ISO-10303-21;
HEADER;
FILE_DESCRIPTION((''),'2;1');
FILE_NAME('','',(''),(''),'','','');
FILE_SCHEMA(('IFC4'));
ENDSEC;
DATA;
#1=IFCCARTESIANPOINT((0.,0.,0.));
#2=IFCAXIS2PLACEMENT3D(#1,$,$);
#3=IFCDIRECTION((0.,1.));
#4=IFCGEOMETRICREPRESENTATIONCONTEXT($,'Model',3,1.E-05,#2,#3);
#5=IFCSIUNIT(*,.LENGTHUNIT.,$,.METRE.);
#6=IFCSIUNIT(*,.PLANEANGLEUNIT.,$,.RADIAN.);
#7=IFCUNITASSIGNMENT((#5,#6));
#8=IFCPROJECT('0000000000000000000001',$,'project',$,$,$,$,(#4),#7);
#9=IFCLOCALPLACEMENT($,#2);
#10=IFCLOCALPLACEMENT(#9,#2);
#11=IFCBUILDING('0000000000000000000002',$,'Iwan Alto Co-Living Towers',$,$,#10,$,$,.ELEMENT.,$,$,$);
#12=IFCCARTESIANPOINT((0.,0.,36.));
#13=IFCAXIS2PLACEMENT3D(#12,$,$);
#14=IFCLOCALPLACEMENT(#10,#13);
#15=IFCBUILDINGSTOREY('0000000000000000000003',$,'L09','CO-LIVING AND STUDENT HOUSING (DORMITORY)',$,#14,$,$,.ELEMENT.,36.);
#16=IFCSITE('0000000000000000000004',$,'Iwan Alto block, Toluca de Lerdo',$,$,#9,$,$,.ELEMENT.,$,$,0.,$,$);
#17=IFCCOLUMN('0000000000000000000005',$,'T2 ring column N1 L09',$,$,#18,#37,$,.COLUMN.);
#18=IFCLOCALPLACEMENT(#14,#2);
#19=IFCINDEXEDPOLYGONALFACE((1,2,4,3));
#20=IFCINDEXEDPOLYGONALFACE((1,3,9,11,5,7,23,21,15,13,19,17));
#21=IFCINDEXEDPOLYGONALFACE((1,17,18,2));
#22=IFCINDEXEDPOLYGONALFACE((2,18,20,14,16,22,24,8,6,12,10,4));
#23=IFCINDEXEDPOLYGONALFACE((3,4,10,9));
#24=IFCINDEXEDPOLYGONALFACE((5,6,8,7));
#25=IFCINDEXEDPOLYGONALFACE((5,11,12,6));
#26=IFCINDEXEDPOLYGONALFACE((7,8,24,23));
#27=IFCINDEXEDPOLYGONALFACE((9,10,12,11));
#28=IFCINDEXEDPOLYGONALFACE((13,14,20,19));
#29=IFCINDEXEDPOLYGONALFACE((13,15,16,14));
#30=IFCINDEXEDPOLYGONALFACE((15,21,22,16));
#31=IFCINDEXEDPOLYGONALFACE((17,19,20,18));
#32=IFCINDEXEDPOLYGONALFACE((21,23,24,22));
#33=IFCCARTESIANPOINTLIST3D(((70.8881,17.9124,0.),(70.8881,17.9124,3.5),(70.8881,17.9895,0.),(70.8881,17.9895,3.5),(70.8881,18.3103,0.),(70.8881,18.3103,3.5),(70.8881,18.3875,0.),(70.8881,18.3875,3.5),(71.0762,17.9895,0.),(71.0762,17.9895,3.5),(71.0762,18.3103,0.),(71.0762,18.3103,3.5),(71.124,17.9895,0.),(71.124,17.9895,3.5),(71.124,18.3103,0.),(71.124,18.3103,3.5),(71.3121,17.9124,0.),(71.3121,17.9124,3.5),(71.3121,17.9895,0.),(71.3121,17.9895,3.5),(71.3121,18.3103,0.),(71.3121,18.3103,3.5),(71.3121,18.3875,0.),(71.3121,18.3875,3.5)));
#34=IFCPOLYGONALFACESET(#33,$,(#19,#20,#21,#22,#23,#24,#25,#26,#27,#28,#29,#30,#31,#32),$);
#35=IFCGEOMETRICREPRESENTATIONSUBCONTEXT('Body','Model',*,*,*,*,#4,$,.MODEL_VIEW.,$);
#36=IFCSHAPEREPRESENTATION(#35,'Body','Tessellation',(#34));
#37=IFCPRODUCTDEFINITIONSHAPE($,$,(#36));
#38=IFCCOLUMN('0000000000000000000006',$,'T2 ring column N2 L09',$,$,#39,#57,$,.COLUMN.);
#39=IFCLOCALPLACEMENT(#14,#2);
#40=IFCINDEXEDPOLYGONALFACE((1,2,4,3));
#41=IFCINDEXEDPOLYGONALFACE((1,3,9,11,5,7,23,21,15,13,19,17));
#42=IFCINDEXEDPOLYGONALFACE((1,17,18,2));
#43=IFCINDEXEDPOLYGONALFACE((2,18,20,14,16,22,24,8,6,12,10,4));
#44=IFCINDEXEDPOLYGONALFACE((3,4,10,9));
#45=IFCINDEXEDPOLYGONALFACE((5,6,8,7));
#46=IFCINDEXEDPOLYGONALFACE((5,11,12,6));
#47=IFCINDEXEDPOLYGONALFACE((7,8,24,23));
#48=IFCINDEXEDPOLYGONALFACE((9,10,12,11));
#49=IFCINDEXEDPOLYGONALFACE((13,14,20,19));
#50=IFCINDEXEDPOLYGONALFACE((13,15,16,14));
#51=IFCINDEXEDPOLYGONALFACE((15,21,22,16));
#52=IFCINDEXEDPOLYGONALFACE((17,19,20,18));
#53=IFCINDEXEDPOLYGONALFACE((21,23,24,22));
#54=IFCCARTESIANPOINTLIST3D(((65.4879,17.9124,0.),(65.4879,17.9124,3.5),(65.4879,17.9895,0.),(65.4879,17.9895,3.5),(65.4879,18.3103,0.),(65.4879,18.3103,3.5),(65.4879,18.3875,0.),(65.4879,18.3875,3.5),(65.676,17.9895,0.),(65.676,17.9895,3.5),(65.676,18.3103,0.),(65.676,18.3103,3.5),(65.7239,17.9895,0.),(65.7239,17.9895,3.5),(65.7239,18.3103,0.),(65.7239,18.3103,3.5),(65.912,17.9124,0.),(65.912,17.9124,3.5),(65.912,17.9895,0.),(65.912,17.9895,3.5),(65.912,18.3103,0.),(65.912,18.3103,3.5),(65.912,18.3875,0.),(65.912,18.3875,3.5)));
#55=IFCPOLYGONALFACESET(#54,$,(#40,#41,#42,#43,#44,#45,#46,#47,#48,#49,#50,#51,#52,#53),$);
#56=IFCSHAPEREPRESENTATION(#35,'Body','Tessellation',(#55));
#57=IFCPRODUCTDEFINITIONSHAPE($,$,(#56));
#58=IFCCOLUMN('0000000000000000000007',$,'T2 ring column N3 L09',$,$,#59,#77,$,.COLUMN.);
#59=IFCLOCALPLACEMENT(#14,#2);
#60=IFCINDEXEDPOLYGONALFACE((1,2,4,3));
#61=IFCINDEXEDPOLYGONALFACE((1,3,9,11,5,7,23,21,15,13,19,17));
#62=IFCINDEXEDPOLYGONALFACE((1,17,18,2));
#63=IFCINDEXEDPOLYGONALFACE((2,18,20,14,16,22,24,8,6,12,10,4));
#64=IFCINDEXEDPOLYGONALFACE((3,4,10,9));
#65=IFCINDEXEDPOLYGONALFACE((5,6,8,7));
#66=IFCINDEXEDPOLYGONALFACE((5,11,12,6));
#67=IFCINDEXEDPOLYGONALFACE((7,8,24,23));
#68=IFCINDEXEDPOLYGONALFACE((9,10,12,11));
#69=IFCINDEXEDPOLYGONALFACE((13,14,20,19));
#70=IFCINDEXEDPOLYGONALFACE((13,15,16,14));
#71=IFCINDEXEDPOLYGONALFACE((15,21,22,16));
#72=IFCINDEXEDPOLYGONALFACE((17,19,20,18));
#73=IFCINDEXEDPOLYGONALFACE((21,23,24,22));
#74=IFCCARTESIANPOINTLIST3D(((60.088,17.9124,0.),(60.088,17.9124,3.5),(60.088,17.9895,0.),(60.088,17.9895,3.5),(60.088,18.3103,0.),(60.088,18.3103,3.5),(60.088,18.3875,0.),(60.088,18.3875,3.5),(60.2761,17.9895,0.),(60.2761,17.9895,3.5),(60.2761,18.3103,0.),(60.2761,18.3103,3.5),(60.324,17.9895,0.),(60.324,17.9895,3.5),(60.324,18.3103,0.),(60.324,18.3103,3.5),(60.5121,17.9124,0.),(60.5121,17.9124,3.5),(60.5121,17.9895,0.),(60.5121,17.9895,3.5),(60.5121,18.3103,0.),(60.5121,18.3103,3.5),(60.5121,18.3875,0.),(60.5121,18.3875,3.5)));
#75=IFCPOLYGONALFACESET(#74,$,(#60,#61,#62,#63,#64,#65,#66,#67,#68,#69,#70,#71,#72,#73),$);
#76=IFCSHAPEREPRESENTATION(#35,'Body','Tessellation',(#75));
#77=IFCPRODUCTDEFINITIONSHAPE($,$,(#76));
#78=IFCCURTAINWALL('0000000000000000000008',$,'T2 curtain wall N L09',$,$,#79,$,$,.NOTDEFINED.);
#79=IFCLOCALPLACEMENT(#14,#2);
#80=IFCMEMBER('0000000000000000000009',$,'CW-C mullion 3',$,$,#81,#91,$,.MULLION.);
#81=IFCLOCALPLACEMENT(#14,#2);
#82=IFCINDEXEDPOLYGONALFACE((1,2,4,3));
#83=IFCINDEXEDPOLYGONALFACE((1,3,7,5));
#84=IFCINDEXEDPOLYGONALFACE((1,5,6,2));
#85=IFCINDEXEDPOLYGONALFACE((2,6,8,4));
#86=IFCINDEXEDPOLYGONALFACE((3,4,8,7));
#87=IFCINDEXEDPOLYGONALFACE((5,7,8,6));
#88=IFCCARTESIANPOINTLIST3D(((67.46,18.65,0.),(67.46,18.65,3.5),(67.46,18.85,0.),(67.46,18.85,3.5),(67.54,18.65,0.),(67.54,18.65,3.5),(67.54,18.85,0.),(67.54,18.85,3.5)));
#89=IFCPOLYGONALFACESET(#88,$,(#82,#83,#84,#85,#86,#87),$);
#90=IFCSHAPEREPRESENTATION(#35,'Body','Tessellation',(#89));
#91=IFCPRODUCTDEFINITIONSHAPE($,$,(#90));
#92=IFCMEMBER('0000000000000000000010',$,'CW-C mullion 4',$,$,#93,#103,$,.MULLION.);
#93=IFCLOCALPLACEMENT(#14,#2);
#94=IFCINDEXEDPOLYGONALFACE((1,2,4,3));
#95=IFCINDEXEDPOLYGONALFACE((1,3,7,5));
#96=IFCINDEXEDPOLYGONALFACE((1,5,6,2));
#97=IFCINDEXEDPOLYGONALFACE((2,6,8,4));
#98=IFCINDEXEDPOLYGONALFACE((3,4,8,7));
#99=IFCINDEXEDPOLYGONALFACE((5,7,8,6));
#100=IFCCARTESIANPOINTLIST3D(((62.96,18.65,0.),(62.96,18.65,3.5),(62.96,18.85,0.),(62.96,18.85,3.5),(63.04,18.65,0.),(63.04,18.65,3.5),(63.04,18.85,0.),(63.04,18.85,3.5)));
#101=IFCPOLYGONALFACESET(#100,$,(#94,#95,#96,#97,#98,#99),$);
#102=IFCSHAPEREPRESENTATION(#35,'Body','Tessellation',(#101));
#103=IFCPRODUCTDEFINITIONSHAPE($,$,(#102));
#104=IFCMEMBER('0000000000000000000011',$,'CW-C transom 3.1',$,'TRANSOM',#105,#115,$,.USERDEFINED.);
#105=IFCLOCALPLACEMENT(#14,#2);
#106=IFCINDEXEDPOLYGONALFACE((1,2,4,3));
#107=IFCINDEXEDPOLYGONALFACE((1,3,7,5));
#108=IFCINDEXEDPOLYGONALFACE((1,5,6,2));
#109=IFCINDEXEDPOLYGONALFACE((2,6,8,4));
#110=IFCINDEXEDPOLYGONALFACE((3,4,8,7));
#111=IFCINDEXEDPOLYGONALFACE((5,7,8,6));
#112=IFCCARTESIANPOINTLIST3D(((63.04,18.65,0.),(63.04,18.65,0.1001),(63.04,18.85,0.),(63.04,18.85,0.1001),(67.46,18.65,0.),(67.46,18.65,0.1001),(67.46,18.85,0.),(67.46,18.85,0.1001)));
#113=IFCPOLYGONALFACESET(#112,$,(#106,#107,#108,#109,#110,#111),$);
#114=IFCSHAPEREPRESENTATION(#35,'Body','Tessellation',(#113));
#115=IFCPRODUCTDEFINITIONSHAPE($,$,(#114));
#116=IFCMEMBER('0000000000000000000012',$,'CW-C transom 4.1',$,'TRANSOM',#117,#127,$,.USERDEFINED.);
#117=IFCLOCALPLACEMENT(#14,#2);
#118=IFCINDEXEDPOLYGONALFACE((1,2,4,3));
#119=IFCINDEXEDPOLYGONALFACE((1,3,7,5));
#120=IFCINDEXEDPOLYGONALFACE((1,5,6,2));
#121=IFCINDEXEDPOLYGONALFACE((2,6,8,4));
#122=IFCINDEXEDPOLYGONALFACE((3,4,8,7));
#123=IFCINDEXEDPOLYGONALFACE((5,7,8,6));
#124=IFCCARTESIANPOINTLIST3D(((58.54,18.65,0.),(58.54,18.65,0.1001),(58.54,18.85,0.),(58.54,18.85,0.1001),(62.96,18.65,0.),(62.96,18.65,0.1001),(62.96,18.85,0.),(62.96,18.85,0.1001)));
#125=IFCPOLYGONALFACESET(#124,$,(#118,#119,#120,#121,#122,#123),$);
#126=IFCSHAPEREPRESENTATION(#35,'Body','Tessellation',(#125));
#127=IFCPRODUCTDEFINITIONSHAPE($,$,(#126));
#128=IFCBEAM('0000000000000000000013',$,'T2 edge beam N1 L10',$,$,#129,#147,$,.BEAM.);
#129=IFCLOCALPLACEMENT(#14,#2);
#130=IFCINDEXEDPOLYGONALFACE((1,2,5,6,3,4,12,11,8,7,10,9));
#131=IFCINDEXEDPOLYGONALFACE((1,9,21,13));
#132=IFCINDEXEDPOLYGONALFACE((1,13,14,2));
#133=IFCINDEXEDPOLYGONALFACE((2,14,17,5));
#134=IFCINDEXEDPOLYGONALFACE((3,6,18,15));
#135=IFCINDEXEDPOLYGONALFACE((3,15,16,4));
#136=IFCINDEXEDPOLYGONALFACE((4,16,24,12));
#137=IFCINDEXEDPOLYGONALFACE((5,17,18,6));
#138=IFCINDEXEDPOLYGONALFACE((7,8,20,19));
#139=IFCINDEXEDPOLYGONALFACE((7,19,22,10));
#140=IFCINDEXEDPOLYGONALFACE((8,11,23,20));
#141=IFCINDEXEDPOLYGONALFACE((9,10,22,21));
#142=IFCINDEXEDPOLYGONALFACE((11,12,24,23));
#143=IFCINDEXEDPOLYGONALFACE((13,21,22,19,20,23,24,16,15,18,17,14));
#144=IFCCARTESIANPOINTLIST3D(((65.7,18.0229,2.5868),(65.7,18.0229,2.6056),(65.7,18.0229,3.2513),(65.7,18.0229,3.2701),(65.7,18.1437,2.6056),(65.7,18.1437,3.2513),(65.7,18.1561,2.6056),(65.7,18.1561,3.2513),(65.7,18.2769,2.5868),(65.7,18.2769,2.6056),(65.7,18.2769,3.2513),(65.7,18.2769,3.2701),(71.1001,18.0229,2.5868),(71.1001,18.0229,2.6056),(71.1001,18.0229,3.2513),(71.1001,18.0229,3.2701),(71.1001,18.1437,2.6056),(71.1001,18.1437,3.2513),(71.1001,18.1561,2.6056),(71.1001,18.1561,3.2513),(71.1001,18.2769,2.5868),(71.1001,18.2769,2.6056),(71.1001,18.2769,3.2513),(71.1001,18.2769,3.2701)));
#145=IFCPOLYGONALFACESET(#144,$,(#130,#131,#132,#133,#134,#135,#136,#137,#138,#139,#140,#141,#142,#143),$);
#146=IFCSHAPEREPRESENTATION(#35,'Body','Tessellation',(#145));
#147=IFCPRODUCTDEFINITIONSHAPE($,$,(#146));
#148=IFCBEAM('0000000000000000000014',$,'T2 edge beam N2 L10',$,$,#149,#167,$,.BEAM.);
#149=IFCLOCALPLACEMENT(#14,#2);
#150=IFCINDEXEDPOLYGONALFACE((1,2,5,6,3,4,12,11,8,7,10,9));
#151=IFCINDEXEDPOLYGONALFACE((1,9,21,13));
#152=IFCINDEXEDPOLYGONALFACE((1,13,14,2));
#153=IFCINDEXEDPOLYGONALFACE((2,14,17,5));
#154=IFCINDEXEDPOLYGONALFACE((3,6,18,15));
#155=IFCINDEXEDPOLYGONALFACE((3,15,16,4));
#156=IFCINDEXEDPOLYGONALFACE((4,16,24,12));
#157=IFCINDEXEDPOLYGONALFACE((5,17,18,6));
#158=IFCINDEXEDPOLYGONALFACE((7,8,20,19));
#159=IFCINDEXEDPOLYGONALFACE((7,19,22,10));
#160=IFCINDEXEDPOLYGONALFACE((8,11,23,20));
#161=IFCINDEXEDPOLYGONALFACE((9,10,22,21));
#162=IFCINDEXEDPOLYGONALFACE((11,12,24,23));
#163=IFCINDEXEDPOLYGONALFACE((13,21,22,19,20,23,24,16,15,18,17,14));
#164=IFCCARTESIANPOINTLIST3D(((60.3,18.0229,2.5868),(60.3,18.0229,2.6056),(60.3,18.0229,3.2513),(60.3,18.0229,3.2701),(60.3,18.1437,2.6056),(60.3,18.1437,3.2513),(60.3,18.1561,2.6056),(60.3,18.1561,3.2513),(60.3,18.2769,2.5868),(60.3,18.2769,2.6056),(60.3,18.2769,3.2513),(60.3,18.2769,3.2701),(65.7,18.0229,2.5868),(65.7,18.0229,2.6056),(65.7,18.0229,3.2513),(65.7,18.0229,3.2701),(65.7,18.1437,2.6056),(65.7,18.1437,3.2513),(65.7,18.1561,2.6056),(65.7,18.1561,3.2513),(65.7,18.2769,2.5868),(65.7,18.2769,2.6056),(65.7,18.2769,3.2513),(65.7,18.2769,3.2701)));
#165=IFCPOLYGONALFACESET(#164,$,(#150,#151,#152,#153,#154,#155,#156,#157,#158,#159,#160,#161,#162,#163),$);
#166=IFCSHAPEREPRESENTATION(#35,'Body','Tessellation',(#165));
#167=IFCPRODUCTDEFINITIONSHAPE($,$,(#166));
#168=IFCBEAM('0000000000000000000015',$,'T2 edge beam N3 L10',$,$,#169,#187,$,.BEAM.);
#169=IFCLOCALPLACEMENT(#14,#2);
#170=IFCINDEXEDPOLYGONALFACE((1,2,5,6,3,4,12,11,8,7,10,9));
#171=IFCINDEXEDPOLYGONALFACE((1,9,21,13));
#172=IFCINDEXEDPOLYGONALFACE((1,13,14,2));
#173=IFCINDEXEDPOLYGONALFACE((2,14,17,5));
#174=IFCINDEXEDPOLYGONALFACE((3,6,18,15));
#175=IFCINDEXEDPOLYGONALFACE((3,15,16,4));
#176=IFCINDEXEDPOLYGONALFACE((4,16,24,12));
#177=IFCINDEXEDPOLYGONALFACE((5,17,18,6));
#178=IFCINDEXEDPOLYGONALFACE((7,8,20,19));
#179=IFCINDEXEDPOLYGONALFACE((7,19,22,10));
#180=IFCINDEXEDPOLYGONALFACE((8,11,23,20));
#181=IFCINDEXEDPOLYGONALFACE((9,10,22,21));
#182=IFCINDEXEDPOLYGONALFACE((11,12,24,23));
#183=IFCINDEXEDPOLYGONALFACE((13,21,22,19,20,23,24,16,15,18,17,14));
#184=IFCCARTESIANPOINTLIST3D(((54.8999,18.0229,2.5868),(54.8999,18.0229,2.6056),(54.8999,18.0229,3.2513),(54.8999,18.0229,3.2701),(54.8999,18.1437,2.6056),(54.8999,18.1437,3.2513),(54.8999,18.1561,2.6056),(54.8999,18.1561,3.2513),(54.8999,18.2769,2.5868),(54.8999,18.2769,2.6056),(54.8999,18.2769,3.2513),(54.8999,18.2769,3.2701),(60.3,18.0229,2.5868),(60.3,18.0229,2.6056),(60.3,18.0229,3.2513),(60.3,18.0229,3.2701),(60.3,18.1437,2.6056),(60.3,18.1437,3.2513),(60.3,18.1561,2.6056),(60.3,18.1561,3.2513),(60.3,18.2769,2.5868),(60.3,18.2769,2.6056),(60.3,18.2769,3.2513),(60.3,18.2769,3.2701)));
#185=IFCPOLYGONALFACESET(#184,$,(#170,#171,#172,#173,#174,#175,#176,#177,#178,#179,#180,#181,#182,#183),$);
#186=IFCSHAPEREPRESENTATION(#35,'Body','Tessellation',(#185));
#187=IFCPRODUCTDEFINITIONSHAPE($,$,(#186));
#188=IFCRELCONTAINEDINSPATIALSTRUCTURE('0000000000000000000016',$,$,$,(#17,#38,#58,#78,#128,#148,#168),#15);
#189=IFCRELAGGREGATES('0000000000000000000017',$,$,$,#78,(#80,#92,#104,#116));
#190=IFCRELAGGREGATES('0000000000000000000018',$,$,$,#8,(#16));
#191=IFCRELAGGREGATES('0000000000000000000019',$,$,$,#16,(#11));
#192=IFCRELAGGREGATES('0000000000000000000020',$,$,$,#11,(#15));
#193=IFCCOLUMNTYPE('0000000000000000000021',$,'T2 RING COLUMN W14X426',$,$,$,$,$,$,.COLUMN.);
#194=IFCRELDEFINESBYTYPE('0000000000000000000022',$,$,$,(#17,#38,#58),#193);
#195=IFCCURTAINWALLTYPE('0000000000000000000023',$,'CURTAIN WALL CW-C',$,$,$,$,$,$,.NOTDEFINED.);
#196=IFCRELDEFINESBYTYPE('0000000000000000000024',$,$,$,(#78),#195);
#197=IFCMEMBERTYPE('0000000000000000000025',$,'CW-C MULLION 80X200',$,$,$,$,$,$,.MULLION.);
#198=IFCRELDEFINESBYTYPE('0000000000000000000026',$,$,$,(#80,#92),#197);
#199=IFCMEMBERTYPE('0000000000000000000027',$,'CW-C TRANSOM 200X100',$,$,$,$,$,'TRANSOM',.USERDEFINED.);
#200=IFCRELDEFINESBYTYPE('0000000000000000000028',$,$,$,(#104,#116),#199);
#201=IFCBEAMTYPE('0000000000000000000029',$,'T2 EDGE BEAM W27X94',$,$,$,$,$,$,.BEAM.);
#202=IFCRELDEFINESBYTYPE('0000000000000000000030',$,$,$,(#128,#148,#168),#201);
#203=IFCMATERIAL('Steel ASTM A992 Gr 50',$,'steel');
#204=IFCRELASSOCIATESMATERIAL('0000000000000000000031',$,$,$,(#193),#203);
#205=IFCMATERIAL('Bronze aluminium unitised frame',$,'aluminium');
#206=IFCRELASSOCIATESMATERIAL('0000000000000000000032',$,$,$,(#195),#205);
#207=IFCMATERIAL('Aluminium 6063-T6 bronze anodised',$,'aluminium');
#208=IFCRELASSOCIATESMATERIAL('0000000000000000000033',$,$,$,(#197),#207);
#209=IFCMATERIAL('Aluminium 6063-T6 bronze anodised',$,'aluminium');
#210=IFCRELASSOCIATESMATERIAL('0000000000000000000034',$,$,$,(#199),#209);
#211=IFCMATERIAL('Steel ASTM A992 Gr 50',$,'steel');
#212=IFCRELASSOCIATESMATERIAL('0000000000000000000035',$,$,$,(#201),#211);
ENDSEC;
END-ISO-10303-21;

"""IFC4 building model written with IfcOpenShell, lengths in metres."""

from ifc_helpers import new_model, si_unit, direction, frame, origin, origin_2d, place, context, subcontext, project, spatial, rectangle, i_section, extrude, material, material_profile, profile_set, type_object, element, aggregate, save


model = new_model("IFC4")

# Units and contexts
model_context = context("Model", 3, precision=1e-05, world=origin(), true_north=direction((0.0, 1.0)))
body_context = subcontext(model_context, "Body", "Model", "MODEL_VIEW")
ifc_project = project(units=[si_unit("LENGTHUNIT", "METRE"), si_unit("PLANEANGLEUNIT", "RADIAN")], contexts=[model_context])

# Site, building, storey
site_placement = place(None, origin())
site = spatial("IfcSite", under=ifc_project, at=site_placement, Name="Iwan Alto block, Toluca de Lerdo", CompositionType="ELEMENT", RefElevation=0.0)
building_placement = place(site_placement, origin())
building = spatial("IfcBuilding", under=site, at=building_placement, Name="Iwan Alto Co-Living Towers", CompositionType="ELEMENT")
storey_placement = place(building_placement, frame((0.0, 0.0, 36.0)))
storey = spatial("IfcBuildingStorey", under=building, at=storey_placement, Name="L09", Description="CO-LIVING AND STUDENT HOUSING (DORMITORY)", CompositionType="ELEMENT", Elevation=36.0)

# Columns
ifc_material_1 = material(Name="Steel ASTM A992 Gr 50", Category="steel")
ifc_material_profile_1 = material_profile(ifc_material_1, i_section(OverallWidth=0.4241, OverallDepth=0.4751, WebThickness=0.0479, FlangeThickness=0.0771, at=origin_2d()), Name="W14X426")
ifc_profile_set_1 = profile_set([ifc_material_profile_1], Name="Steel ASTM A992 Gr 50")
column_type = type_object("IfcColumnType", Name="T2 RING COLUMN W14X426", PredefinedType="COLUMN", material=ifc_profile_set_1)
for number, where, z_axis, x_axis, name in (
    (1, (71.1001, 18.1499, 0.0), (0.0, 0.0, 1.0), (1.0, 0.0, 0.0), "T2 ring column N1 L09"),
    (2, (65.7, 18.1499, 0.0), (0.0, 0.0, 1.0), (1.0, 0.0, 0.0), "T2 ring column N2 L09"),
    (3, (60.3, 18.1499, 0.0), (0.0, 0.0, 1.0), (1.0, 0.0, 0.0), "T2 ring column N3 L09"),
):
    element("IfcColumn", number, at=place(storey_placement, frame(where, z_axis=z_axis, x_axis=x_axis)), inside=storey, type_object=column_type, Name=name, PredefinedType="COLUMN", context=body_context, shape_type="SweptSolid", body=[
        extrude(i_section(OverallWidth=0.4241, OverallDepth=0.4751, WebThickness=0.0479, FlangeThickness=0.0771, at=origin_2d()), origin(), (0.0, 0.0, 1.0), 3.5),
    ])

# Curtain wall, members
ifc_material_2 = material(Name="Bronze aluminium unitised frame", Category="aluminium")
curtain_wall_type = type_object("IfcCurtainWallType", Name="CURTAIN WALL CW-C", PredefinedType="NOTDEFINED", material=ifc_material_2)
curtain_wall_placement = place(storey_placement, origin())
curtain_wall = element("IfcCurtainWall", 4, at=curtain_wall_placement, inside=storey, type_object=curtain_wall_type, Name="T2 curtain wall N L09", PredefinedType="NOTDEFINED")
ifc_material_3 = material(Name="Aluminium 6063-T6 bronze anodised", Category="aluminium")
ifc_material_profile_2 = material_profile(ifc_material_3, rectangle(XDim=0.2, YDim=0.0801, at=origin_2d()), Name="AL 80X200")
ifc_profile_set_2 = profile_set([ifc_material_profile_2], Name="Aluminium 6063-T6 bronze anodised")
member_type_1 = type_object("IfcMemberType", Name="CW-C MULLION 80X200", PredefinedType="MULLION", material=ifc_profile_set_2)
member_1_placement = place(storey_placement, frame((67.5, 18.75, 0.0), z_axis=(0.0, 0.0, 1.0), x_axis=(0.0, -1.0, 0.0)))
member_1 = element("IfcMember", 5, at=member_1_placement, type_object=member_type_1, Name="CW-C mullion 3", PredefinedType="MULLION", context=body_context, shape_type="SweptSolid", body=[
    extrude(rectangle(XDim=0.2, YDim=0.0801, at=origin_2d()), origin(), (0.0, 0.0, 1.0), 3.5),
])
member_2_placement = place(storey_placement, frame((63.0, 18.75, 0.0), z_axis=(0.0, 0.0, 1.0), x_axis=(0.0, -1.0, 0.0)))
member_2 = element("IfcMember", 6, at=member_2_placement, type_object=member_type_1, Name="CW-C mullion 4", PredefinedType="MULLION", context=body_context, shape_type="SweptSolid", body=[
    extrude(rectangle(XDim=0.2, YDim=0.0801, at=origin_2d()), origin(), (0.0, 0.0, 1.0), 3.5),
])
ifc_material_4 = material(Name="Aluminium 6063-T6 bronze anodised", Category="aluminium")
ifc_material_profile_3 = material_profile(ifc_material_4, rectangle(XDim=0.2, YDim=0.1001, at=origin_2d()), Name="AL 200X100")
ifc_profile_set_3 = profile_set([ifc_material_profile_3], Name="Aluminium 6063-T6 bronze anodised")
member_type_2 = type_object("IfcMemberType", Name="CW-C TRANSOM 200X100", ElementType="TRANSOM", PredefinedType="USERDEFINED", material=ifc_profile_set_3)
member_3_placement = place(storey_placement, frame((67.46, 18.75, 0.05), z_axis=(-1.0, 0.0, 0.0), x_axis=(0.0, -1.0, 0.0)))
member_3 = element("IfcMember", 7, at=member_3_placement, type_object=member_type_2, Name="CW-C transom 3.1", ObjectType="TRANSOM", PredefinedType="USERDEFINED", context=body_context, shape_type="SweptSolid", body=[
    extrude(rectangle(XDim=0.2, YDim=0.1001, at=origin_2d()), origin(), (0.0, 0.0, 1.0), 4.4199),
])
member_4_placement = place(storey_placement, frame((62.96, 18.75, 0.05), z_axis=(-1.0, 0.0, 0.0), x_axis=(0.0, -1.0, 0.0)))
member_4 = element("IfcMember", 8, at=member_4_placement, type_object=member_type_2, Name="CW-C transom 4.1", ObjectType="TRANSOM", PredefinedType="USERDEFINED", context=body_context, shape_type="SweptSolid", body=[
    extrude(rectangle(XDim=0.2, YDim=0.1001, at=origin_2d()), origin(), (0.0, 0.0, 1.0), 4.4199),
])

# Beams
ifc_material_5 = material(Name="Steel ASTM A992 Gr 50", Category="steel")
ifc_material_profile_4 = material_profile(ifc_material_5, i_section(OverallWidth=0.2539, OverallDepth=0.6833, WebThickness=0.0125, FlangeThickness=0.0188, at=origin_2d()), Name="W27X94")
ifc_profile_set_4 = profile_set([ifc_material_profile_4], Name="Steel ASTM A992 Gr 50")
beam_type_1 = type_object("IfcBeamType", Name="T2 EDGE BEAM W27X94", PredefinedType="BEAM", material=ifc_profile_set_4)
beam_1_placement = place(storey_placement, frame((71.1001, 18.1499, 2.9285), z_axis=(-1.0, 0.0, 0.0), x_axis=(0.0, -1.0, 0.0)))
element("IfcBeam", 9, at=beam_1_placement, inside=storey, type_object=beam_type_1, Name="T2 edge beam N1 L10", PredefinedType="BEAM", context=body_context, shape_type="SweptSolid", body=[
    extrude(i_section(OverallWidth=0.2539, OverallDepth=0.6833, WebThickness=0.0125, FlangeThickness=0.0188, at=origin_2d()), origin(), (0.0, 0.0, 1.0), 5.4001),
])
beam_2_placement = place(storey_placement, frame((65.7, 18.1499, 2.9285), z_axis=(-1.0, 0.0, 0.0), x_axis=(0.0, -1.0, 0.0)))
element("IfcBeam", 10, at=beam_2_placement, inside=storey, type_object=beam_type_1, Name="T2 edge beam N2 L10", PredefinedType="BEAM", context=body_context, shape_type="SweptSolid", body=[
    extrude(i_section(OverallWidth=0.2539, OverallDepth=0.6833, WebThickness=0.0125, FlangeThickness=0.0188, at=origin_2d()), origin(), (0.0, 0.0, 1.0), 5.3999),
])
beam_3_placement = place(storey_placement, frame((60.3, 18.1499, 2.9285), z_axis=(-1.0, 0.0, 0.0), x_axis=(0.0, -1.0, 0.0)))
element("IfcBeam", 11, at=beam_3_placement, inside=storey, type_object=beam_type_1, Name="T2 edge beam N3 L10", PredefinedType="BEAM", context=body_context, shape_type="SweptSolid", body=[
    extrude(i_section(OverallWidth=0.2539, OverallDepth=0.6833, WebThickness=0.0125, FlangeThickness=0.0188, at=origin_2d()), origin(), (0.0, 0.0, 1.0), 5.4001),
])

aggregate(curtain_wall, [member_1, member_2, member_3, member_4])

save(model, "model.ifc")
